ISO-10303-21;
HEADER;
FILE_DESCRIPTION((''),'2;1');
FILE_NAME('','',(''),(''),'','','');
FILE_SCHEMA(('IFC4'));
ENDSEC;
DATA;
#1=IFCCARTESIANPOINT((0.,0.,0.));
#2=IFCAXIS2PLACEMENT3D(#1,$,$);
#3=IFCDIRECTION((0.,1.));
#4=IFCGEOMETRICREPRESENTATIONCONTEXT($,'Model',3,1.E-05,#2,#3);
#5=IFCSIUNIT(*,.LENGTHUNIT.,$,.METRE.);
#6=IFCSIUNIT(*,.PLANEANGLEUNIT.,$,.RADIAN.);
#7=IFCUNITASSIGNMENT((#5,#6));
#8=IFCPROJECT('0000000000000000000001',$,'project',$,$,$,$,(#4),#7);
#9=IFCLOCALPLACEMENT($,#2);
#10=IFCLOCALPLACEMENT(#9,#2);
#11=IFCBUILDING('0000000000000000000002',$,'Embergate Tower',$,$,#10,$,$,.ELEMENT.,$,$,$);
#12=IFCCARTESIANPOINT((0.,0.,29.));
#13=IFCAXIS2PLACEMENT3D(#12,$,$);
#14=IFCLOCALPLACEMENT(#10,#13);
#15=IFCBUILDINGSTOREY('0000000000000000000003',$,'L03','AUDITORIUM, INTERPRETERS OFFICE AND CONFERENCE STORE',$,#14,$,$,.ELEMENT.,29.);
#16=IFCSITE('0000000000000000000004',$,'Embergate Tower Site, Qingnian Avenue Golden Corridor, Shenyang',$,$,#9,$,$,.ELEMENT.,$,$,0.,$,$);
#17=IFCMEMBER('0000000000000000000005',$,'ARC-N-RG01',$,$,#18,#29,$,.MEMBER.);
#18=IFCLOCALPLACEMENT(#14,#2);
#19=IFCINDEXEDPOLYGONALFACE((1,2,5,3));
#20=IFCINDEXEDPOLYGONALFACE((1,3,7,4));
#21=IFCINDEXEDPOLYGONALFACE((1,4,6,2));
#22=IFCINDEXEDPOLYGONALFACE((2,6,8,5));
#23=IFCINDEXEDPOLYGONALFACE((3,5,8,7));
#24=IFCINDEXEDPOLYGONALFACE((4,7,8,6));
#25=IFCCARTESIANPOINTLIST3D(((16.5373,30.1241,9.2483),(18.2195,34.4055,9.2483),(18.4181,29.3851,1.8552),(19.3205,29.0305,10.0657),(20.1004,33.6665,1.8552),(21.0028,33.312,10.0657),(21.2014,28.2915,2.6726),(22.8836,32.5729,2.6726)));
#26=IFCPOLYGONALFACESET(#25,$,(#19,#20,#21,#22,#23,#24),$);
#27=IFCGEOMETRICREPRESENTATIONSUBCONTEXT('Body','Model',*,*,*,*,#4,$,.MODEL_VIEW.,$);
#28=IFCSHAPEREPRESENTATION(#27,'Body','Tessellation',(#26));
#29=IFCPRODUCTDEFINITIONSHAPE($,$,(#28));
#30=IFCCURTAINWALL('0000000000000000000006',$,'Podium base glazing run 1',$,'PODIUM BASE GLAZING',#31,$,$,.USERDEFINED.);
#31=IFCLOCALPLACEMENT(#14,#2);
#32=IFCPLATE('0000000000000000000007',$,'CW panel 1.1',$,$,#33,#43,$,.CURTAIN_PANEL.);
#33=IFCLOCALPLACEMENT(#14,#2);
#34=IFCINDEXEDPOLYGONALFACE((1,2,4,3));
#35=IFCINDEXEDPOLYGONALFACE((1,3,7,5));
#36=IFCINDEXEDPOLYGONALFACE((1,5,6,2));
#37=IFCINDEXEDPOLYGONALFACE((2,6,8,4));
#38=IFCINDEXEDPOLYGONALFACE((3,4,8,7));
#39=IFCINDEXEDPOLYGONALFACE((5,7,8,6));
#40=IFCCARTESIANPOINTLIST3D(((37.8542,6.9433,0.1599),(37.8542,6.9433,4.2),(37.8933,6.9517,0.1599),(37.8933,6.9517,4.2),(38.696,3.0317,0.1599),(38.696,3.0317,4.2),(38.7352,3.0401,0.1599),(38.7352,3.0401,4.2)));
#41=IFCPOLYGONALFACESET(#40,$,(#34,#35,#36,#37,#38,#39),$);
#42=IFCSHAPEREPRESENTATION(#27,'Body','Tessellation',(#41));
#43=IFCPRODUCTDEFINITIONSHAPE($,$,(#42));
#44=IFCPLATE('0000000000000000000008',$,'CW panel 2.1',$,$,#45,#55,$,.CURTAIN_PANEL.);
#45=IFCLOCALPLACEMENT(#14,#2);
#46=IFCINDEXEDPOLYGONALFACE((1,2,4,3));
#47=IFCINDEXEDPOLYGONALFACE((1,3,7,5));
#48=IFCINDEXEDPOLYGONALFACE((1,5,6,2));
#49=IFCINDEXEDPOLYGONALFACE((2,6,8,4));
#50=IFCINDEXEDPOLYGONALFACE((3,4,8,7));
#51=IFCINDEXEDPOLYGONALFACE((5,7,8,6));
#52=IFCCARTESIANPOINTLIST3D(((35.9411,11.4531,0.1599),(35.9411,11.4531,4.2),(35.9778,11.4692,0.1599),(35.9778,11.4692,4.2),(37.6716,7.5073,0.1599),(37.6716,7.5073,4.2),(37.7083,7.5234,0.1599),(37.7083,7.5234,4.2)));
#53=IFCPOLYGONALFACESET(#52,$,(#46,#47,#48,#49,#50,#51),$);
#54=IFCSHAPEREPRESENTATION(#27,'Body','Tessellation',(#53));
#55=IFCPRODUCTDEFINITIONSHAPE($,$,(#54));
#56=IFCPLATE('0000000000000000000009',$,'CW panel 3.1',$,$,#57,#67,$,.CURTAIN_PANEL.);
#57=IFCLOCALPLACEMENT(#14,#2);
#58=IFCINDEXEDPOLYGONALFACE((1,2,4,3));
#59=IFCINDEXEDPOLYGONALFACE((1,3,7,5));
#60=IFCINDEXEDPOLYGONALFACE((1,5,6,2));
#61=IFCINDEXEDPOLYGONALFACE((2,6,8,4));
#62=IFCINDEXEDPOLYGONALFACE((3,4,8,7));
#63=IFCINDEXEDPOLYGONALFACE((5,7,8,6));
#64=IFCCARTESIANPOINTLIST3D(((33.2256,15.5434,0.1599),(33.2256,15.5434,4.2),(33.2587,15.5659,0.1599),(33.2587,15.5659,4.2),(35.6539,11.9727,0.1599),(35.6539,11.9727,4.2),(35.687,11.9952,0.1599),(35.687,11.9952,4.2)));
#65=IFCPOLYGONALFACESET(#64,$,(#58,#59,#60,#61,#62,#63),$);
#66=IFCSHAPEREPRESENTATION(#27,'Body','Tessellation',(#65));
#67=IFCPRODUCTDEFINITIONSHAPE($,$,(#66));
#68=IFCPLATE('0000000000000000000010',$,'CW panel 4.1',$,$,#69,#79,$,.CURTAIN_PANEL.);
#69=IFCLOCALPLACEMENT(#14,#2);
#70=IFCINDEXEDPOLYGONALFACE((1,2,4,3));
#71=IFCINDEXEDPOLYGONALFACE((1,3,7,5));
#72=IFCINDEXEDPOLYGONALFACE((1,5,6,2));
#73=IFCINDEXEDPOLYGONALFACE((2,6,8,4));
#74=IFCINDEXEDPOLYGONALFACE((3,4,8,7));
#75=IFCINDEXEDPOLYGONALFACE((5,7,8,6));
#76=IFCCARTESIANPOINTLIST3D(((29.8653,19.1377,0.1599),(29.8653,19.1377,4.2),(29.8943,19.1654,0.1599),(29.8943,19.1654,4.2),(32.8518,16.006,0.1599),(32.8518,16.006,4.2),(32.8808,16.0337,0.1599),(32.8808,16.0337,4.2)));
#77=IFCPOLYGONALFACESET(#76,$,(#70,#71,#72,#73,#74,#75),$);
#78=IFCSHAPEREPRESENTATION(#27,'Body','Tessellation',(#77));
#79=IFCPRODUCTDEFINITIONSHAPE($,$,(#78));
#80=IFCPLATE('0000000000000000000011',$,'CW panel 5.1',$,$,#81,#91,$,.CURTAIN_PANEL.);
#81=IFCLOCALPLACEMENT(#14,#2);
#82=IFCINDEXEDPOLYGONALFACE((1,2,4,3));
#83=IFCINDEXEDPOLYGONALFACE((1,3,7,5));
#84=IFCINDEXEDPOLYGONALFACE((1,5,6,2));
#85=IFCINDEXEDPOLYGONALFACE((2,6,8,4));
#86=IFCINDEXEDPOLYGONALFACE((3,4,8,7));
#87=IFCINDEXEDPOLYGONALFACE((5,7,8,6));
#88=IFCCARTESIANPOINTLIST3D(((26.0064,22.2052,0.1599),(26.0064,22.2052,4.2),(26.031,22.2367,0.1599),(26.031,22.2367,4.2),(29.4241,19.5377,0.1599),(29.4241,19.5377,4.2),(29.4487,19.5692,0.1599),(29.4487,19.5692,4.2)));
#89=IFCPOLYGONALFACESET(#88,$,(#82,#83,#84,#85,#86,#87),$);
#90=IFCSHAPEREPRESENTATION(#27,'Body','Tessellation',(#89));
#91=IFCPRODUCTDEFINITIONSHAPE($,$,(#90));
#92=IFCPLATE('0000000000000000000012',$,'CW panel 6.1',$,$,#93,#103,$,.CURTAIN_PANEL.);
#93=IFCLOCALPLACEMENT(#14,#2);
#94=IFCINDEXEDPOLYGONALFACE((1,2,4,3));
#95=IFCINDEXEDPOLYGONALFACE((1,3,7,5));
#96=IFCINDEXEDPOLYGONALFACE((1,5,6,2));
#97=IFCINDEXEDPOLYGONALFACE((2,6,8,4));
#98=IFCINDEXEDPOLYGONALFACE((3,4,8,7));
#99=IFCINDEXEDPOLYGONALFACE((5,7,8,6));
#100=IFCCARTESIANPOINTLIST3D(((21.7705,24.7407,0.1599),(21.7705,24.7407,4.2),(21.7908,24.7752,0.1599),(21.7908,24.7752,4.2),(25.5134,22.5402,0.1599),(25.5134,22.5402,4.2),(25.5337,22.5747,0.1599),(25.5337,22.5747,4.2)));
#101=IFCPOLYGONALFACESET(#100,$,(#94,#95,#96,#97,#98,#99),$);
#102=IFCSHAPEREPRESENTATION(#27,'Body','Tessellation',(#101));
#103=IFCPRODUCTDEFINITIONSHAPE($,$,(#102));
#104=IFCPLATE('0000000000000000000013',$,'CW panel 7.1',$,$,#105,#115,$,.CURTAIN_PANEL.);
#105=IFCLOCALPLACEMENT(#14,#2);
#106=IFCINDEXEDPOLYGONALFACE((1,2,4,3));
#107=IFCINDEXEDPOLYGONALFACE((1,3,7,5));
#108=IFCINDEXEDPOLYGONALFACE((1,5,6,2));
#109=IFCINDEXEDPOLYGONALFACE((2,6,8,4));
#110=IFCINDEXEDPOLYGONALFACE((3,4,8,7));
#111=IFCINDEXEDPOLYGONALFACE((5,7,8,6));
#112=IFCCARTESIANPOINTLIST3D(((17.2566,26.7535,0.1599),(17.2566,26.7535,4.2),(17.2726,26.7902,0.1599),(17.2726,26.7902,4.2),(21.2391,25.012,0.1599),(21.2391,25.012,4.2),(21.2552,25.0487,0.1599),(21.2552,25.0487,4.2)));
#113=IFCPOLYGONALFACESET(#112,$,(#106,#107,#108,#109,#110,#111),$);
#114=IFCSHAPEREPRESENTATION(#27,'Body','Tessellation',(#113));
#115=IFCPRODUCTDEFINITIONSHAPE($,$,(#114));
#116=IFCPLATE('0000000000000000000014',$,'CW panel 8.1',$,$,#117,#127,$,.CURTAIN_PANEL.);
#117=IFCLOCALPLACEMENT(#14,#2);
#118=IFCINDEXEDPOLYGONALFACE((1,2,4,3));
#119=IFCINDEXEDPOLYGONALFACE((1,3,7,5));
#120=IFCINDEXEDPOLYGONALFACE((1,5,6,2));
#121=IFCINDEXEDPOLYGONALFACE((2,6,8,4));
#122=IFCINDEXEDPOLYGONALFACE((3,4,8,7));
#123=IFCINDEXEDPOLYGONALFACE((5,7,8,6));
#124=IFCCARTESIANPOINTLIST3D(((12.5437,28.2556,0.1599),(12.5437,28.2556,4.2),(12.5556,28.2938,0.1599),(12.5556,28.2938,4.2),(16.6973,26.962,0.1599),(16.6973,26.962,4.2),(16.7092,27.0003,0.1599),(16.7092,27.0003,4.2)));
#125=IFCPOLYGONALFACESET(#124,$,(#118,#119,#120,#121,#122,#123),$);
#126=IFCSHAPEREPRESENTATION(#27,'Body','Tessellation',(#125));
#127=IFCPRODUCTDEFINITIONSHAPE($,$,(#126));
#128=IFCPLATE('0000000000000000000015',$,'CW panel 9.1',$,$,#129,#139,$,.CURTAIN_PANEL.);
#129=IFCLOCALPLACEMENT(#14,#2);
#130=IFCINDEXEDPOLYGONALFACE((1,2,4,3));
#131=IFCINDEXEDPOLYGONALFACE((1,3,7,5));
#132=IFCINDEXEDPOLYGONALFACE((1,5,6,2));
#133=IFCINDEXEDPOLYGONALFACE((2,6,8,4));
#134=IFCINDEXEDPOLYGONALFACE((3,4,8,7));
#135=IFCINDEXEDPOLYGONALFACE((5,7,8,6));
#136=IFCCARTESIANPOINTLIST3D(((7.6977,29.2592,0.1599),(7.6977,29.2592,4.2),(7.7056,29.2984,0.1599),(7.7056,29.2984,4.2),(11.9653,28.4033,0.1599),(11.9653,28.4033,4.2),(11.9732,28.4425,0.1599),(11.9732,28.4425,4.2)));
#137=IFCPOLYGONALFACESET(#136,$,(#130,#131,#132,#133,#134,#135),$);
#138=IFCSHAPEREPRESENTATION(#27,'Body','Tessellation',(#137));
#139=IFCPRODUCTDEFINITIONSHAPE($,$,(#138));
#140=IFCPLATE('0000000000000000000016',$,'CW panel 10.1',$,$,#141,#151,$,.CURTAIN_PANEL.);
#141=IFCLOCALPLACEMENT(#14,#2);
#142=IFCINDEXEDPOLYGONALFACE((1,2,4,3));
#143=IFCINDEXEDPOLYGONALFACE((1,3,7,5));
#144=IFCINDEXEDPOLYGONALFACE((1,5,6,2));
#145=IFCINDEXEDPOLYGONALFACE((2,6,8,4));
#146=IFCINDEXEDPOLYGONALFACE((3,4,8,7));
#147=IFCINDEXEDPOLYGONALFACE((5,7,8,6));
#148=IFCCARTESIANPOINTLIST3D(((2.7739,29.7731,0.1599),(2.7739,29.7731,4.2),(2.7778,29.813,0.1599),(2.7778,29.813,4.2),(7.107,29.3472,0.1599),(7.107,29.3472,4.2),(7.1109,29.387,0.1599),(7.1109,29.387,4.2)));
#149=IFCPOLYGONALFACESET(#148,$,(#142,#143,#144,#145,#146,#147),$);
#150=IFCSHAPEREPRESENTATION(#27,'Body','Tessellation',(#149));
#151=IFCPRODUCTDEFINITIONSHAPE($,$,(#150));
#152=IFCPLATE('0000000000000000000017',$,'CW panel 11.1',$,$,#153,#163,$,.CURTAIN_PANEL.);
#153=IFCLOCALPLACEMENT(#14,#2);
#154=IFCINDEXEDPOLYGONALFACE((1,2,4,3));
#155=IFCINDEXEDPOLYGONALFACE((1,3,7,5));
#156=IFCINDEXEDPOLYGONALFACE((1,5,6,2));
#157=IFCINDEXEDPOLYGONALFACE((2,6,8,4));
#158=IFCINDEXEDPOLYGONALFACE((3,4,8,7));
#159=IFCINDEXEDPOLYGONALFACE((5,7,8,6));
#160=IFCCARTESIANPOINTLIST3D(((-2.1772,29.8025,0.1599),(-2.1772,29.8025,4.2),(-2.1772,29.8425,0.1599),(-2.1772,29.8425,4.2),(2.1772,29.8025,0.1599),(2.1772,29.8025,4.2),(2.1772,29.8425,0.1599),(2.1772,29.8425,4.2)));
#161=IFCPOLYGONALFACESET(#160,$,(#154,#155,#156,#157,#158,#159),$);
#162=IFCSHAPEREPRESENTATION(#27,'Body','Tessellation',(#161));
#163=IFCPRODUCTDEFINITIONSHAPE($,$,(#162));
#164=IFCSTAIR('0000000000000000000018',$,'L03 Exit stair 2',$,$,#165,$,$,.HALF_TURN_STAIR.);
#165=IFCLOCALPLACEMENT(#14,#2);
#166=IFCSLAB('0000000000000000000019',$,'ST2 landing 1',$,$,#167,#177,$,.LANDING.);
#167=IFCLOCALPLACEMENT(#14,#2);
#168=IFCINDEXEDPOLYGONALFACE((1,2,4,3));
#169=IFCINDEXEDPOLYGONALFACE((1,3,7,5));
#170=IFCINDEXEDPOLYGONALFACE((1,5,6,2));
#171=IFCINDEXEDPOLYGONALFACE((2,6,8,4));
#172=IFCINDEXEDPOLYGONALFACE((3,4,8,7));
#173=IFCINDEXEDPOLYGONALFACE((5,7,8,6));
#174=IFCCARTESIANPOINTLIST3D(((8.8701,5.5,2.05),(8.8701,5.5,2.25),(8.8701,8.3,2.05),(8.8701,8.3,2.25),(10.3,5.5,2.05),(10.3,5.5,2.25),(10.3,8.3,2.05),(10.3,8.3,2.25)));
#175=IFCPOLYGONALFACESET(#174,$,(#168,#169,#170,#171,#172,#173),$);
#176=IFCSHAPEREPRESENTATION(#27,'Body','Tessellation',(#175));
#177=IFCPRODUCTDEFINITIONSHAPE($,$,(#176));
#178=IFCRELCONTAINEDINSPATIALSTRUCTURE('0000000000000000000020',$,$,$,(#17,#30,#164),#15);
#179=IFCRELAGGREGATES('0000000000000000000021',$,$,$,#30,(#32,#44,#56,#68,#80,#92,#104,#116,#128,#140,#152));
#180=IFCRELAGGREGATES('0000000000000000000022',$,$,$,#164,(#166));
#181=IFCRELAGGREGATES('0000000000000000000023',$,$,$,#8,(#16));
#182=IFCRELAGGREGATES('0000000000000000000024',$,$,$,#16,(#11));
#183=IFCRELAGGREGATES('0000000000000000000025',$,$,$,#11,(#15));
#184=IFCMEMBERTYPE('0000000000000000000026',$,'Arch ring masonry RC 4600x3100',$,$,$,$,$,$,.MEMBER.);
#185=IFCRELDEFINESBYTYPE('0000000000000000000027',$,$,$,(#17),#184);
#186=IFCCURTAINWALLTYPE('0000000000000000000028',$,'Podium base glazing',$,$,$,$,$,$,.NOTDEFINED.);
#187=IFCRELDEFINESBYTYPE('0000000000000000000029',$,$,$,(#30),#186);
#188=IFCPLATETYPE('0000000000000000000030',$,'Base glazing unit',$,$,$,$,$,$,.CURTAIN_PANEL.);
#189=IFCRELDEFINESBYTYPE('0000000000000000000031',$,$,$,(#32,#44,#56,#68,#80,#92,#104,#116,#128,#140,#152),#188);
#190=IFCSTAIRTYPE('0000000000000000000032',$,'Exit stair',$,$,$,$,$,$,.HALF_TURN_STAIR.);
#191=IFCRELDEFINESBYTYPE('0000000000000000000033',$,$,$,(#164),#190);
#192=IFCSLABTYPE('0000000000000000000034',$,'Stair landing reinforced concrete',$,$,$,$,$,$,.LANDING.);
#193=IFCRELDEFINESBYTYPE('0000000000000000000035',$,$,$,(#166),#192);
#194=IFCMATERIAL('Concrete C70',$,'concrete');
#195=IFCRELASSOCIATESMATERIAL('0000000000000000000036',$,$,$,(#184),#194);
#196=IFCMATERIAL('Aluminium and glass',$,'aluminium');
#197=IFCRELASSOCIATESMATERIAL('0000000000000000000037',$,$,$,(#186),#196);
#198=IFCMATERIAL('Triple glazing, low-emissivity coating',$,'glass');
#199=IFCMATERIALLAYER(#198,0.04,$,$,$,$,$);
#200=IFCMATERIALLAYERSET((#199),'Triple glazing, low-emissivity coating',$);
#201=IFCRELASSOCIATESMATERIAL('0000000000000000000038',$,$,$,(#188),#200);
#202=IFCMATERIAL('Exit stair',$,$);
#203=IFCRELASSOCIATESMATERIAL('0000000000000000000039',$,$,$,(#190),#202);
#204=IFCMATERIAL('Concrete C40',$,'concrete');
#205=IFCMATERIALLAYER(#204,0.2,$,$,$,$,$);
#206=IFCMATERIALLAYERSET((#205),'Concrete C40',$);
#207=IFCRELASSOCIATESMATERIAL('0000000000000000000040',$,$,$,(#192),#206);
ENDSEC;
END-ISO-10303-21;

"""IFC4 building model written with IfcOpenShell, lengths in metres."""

from ifc_helpers import new_model, si_unit, direction, frame, origin, origin_2d, place, context, subcontext, project, spatial, polyline, rectangle, outline, extrude, source, transform, mapped, material, layer, layer_set, material_profile, profile_set, type_object, element, aggregate, save


model = new_model("IFC4")

# Units and contexts
model_context = context("Model", 3, precision=1e-05, world=origin(), true_north=direction((0.0, 1.0)))
body_context = subcontext(model_context, "Body", "Model", "MODEL_VIEW")
ifc_project = project(units=[si_unit("LENGTHUNIT", "METRE"), si_unit("PLANEANGLEUNIT", "RADIAN")], contexts=[model_context])

# Site, building, storey
site_placement = place(None, origin())
site = spatial("IfcSite", under=ifc_project, at=site_placement, Name="Embergate Tower Site, Qingnian Avenue Golden Corridor, Shenyang", CompositionType="ELEMENT", RefElevation=0.0)
building_placement = place(site_placement, origin())
building = spatial("IfcBuilding", under=site, at=building_placement, Name="Embergate Tower", CompositionType="ELEMENT")
storey_placement = place(building_placement, frame((0.0, 0.0, 29.0)))
storey = spatial("IfcBuildingStorey", under=building, at=storey_placement, Name="L03", Description="AUDITORIUM, INTERPRETERS OFFICE AND CONFERENCE STORE", CompositionType="ELEMENT", Elevation=29.0)

# Member
ifc_material_1 = material(Name="Concrete C70", Category="concrete")
ifc_material_profile = material_profile(ifc_material_1, rectangle(XDim=4.6001, YDim=3.1001, at=origin_2d()), Name="RC 4600x3100")
ifc_profile_set = profile_set([ifc_material_profile], Name="Concrete C70")
member_type = type_object("IfcMemberType", Name="Arch ring masonry RC 4600x3100", PredefinedType="MEMBER", material=ifc_profile_set)
shared_shape_1 = source(origin(), body_context, "Body", "SweptSolid", [
    extrude(rectangle(XDim=4.6001, YDim=3.1001, at=origin_2d()), origin(), (0.0, 0.0, 1.0), 7.6643),
])
member_placement = place(storey_placement, frame((20.6509, 30.979, 2.2639), z_axis=(-0.245406, 0.096423, 0.964613), x_axis=(-0.365697, -0.930734, 0.0)))
element("IfcMember", 1, at=member_placement, inside=storey, type_object=member_type, Name="ARC-N-RG01", PredefinedType="MEMBER", context=body_context, shape_type="MappedRepresentation", body=[
    mapped(shared_shape_1, transform((0.0, 0.0, 0.0))),
])

# Curtain wall, plates
ifc_material_2 = material(Name="Aluminium and glass", Category="aluminium")
curtain_wall_type = type_object("IfcCurtainWallType", Name="Podium base glazing", PredefinedType="NOTDEFINED", material=ifc_material_2)
curtain_wall_placement = place(storey_placement, origin())
curtain_wall = element("IfcCurtainWall", 2, at=curtain_wall_placement, inside=storey, type_object=curtain_wall_type, Name="Podium base glazing run 1", ObjectType="PODIUM BASE GLAZING", PredefinedType="USERDEFINED")
ifc_material_3 = material(Name="Triple glazing, low-emissivity coating", Category="glass")
ifc_layer_1 = layer(ifc_material_3, 0.04)
ifc_layer_set_1 = layer_set([ifc_layer_1], Name="Triple glazing, low-emissivity coating")
plate_type = type_object("IfcPlateType", Name="Base glazing unit", PredefinedType="CURTAIN_PANEL", material=ifc_layer_set_1)
shared_shape_2 = source(origin(), body_context, "Body", "SweptSolid", [
    extrude(rectangle(XDim=4.0012, YDim=0.04, at=origin_2d()), origin(), (0.0, 0.0, 1.0), 4.04),
])
plate_1_placement = place(storey_placement, frame((38.2947, 4.9917, 0.1599), z_axis=(0.0, 0.0, 1.0), x_axis=(-0.210393, 0.977617, 0.0)))
plate_1 = element("IfcPlate", 3, at=plate_1_placement, type_object=plate_type, Name="CW panel 1.1", PredefinedType="CURTAIN_PANEL", context=body_context, shape_type="MappedRepresentation", body=[
    mapped(shared_shape_2, transform((0.0, 0.0, 0.0))),
])
shared_shape_3 = source(origin(), body_context, "Body", "SweptSolid", [
    extrude(rectangle(XDim=4.3086, YDim=0.04, at=origin_2d()), origin(), (0.0, 0.0, 1.0), 4.04),
])
plate_2_placement = place(storey_placement, frame((36.8247, 9.4883, 0.1599), z_axis=(0.0, 0.0, 1.0), x_axis=(-0.401644, 0.915796, 0.0)))
plate_2 = element("IfcPlate", 4, at=plate_2_placement, type_object=plate_type, Name="CW panel 2.1", PredefinedType="CURTAIN_PANEL", context=body_context, shape_type="MappedRepresentation", body=[
    mapped(shared_shape_3, transform((0.0, 0.0, 0.0))),
])
shared_shape_4 = source(origin(), body_context, "Body", "SweptSolid", [
    extrude(rectangle(XDim=4.3181, YDim=0.04, at=origin_2d()), origin(), (0.0, 0.0, 1.0), 4.04),
])
plate_3_placement = place(storey_placement, frame((34.4563, 13.7693, 0.1599), z_axis=(0.0, 0.0, 1.0), x_axis=(-0.562333, 0.826911, 0.0)))
plate_3 = element("IfcPlate", 5, at=plate_3_placement, type_object=plate_type, Name="CW panel 3.1", PredefinedType="CURTAIN_PANEL", context=body_context, shape_type="MappedRepresentation", body=[
    mapped(shared_shape_4, transform((0.0, 0.0, 0.0))),
])
shared_shape_5 = source(origin(), body_context, "Body", "SweptSolid", [
    extrude(rectangle(XDim=4.3274, YDim=0.04, at=origin_2d()), origin(), (0.0, 0.0, 1.0), 4.04),
])
plate_4_placement = place(storey_placement, frame((31.373, 17.5857, 0.1599), z_axis=(0.0, 0.0, 1.0), x_axis=(-0.690125, 0.72369, 0.0)))
plate_4 = element("IfcPlate", 6, at=plate_4_placement, type_object=plate_type, Name="CW panel 4.1", PredefinedType="CURTAIN_PANEL", context=body_context, shape_type="MappedRepresentation", body=[
    mapped(shared_shape_5, transform((0.0, 0.0, 0.0))),
])
shared_shape_6 = source(origin(), body_context, "Body", "SweptSolid", [
    extrude(rectangle(XDim=4.3354, YDim=0.04, at=origin_2d()), origin(), (0.0, 0.0, 1.0), 4.04),
])
plate_5_placement = place(storey_placement, frame((27.7275, 20.8872, 0.1599), z_axis=(0.0, 0.0, 1.0), x_axis=(-0.788313, 0.615275, 0.0)))
plate_5 = element("IfcPlate", 7, at=plate_5_placement, type_object=plate_type, Name="CW panel 5.1", PredefinedType="CURTAIN_PANEL", context=body_context, shape_type="MappedRepresentation", body=[
    mapped(shared_shape_6, transform((0.0, 0.0, 0.0))),
])
shared_shape_7 = source(origin(), body_context, "Body", "SweptSolid", [
    extrude(rectangle(XDim=4.3418, YDim=0.04, at=origin_2d()), origin(), (0.0, 0.0, 1.0), 4.04),
])
plate_6_placement = place(storey_placement, frame((23.6521, 23.6577, 0.1599), z_axis=(0.0, 0.0, 1.0), x_axis=(-0.862047, 0.506828, 0.0)))
plate_6 = element("IfcPlate", 8, at=plate_6_placement, type_object=plate_type, Name="CW panel 6.1", PredefinedType="CURTAIN_PANEL", context=body_context, shape_type="MappedRepresentation", body=[
    mapped(shared_shape_7, transform((0.0, 0.0, 0.0))),
])
shared_shape_8 = source(origin(), body_context, "Body", "SweptSolid", [
    extrude(rectangle(XDim=4.3467, YDim=0.04, at=origin_2d()), origin(), (0.0, 0.0, 1.0), 4.04),
])
plate_7_placement = place(storey_placement, frame((19.2559, 25.9011, 0.1599), z_axis=(0.0, 0.0, 1.0), x_axis=(-0.916232, 0.400648, 0.0)))
plate_7 = element("IfcPlate", 9, at=plate_7_placement, type_object=plate_type, Name="CW panel 7.1", PredefinedType="CURTAIN_PANEL", context=body_context, shape_type="MappedRepresentation", body=[
    mapped(shared_shape_8, transform((0.0, 0.0, 0.0))),
])
shared_shape_9 = source(origin(), body_context, "Body", "SweptSolid", [
    extrude(rectangle(XDim=4.3503, YDim=0.04, at=origin_2d()), origin(), (0.0, 0.0, 1.0), 4.04),
])
plate_8_placement = place(storey_placement, frame((14.6265, 27.6279, 0.1599), z_axis=(0.0, 0.0, 1.0), x_axis=(-0.95477, 0.297347, 0.0)))
plate_8 = element("IfcPlate", 10, at=plate_8_placement, type_object=plate_type, Name="CW panel 8.1", PredefinedType="CURTAIN_PANEL", context=body_context, shape_type="MappedRepresentation", body=[
    mapped(shared_shape_9, transform((0.0, 0.0, 0.0))),
])
shared_shape_10 = source(origin(), body_context, "Body", "SweptSolid", [
    extrude(rectangle(XDim=4.3525, YDim=0.04, at=origin_2d()), origin(), (0.0, 0.0, 1.0), 4.04),
])
plate_9_placement = place(storey_placement, frame((9.8354, 28.8508, 0.1599), z_axis=(0.0, 0.0, 1.0), x_axis=(-0.980475, 0.196644, 0.0)))
plate_9 = element("IfcPlate", 11, at=plate_9_placement, type_object=plate_type, Name="CW panel 9.1", PredefinedType="CURTAIN_PANEL", context=body_context, shape_type="MappedRepresentation", body=[
    mapped(shared_shape_10, transform((0.0, 0.0, 0.0))),
])
shared_shape_11 = source(origin(), body_context, "Body", "SweptSolid", [
    extrude(rectangle(XDim=4.354, YDim=0.04, at=origin_2d()), origin(), (0.0, 0.0, 1.0), 4.04),
])
plate_10_placement = place(storey_placement, frame((4.9424, 29.5801, 0.1599), z_axis=(0.0, 0.0, 1.0), x_axis=(-0.995203, 0.097831, 0.0)))
plate_10 = element("IfcPlate", 12, at=plate_10_placement, type_object=plate_type, Name="CW panel 10.1", PredefinedType="CURTAIN_PANEL", context=body_context, shape_type="MappedRepresentation", body=[
    mapped(shared_shape_11, transform((0.0, 0.0, 0.0))),
])
shared_shape_12 = source(origin(), body_context, "Body", "SweptSolid", [
    extrude(rectangle(XDim=4.3545, YDim=0.04, at=origin_2d()), origin(), (0.0, 0.0, 1.0), 4.04),
])
plate_11_placement = place(storey_placement, frame((0.0, 29.8225, 0.1599), z_axis=(0.0, 0.0, 1.0), x_axis=(-1.0, 0.0, 0.0)))
plate_11 = element("IfcPlate", 13, at=plate_11_placement, type_object=plate_type, Name="CW panel 11.1", PredefinedType="CURTAIN_PANEL", context=body_context, shape_type="MappedRepresentation", body=[
    mapped(shared_shape_12, transform((0.0, 0.0, 0.0))),
])
aggregate(curtain_wall, [plate_1, plate_2, plate_3, plate_4, plate_5, plate_6, plate_7, plate_8, plate_9, plate_10, plate_11])

# Stair, slab
ifc_material_4 = material(Name="Exit stair")
stair_type_1 = type_object("IfcStairType", Name="Exit stair", PredefinedType="HALF_TURN_STAIR", material=ifc_material_4)
stair_1_placement = place(storey_placement, origin())
stair_1 = element("IfcStair", 14, at=stair_1_placement, inside=storey, type_object=stair_type_1, Name="L03 Exit stair 2", PredefinedType="HALF_TURN_STAIR")
ifc_material_5 = material(Name="Concrete C40", Category="concrete")
ifc_layer_2 = layer(ifc_material_5, 0.2)
ifc_layer_set_2 = layer_set([ifc_layer_2], Name="Concrete C40")
slab_type_1 = type_object("IfcSlabType", Name="Stair landing reinforced concrete", PredefinedType="LANDING", material=ifc_layer_set_2)
shared_shape_13 = source(origin(), body_context, "Body", "SweptSolid", [
    extrude(outline(polyline([(0.0, 0.0), (1.4299, 0.0), (1.4299, 2.8), (0.0, 2.8), (0.0, 0.0)])), origin(), (0.0, 0.0, 1.0), 0.2),
])
slab_1_placement = place(storey_placement, frame((8.8701, 5.5, 2.05)))
slab_1 = element("IfcSlab", 15, at=slab_1_placement, type_object=slab_type_1, Name="ST2 landing 1", PredefinedType="LANDING", context=body_context, shape_type="MappedRepresentation", body=[
    mapped(shared_shape_13, transform((0.0, 0.0, 0.0))),
])

aggregate(stair_1, [slab_1])

save(model, "model.ifc")
